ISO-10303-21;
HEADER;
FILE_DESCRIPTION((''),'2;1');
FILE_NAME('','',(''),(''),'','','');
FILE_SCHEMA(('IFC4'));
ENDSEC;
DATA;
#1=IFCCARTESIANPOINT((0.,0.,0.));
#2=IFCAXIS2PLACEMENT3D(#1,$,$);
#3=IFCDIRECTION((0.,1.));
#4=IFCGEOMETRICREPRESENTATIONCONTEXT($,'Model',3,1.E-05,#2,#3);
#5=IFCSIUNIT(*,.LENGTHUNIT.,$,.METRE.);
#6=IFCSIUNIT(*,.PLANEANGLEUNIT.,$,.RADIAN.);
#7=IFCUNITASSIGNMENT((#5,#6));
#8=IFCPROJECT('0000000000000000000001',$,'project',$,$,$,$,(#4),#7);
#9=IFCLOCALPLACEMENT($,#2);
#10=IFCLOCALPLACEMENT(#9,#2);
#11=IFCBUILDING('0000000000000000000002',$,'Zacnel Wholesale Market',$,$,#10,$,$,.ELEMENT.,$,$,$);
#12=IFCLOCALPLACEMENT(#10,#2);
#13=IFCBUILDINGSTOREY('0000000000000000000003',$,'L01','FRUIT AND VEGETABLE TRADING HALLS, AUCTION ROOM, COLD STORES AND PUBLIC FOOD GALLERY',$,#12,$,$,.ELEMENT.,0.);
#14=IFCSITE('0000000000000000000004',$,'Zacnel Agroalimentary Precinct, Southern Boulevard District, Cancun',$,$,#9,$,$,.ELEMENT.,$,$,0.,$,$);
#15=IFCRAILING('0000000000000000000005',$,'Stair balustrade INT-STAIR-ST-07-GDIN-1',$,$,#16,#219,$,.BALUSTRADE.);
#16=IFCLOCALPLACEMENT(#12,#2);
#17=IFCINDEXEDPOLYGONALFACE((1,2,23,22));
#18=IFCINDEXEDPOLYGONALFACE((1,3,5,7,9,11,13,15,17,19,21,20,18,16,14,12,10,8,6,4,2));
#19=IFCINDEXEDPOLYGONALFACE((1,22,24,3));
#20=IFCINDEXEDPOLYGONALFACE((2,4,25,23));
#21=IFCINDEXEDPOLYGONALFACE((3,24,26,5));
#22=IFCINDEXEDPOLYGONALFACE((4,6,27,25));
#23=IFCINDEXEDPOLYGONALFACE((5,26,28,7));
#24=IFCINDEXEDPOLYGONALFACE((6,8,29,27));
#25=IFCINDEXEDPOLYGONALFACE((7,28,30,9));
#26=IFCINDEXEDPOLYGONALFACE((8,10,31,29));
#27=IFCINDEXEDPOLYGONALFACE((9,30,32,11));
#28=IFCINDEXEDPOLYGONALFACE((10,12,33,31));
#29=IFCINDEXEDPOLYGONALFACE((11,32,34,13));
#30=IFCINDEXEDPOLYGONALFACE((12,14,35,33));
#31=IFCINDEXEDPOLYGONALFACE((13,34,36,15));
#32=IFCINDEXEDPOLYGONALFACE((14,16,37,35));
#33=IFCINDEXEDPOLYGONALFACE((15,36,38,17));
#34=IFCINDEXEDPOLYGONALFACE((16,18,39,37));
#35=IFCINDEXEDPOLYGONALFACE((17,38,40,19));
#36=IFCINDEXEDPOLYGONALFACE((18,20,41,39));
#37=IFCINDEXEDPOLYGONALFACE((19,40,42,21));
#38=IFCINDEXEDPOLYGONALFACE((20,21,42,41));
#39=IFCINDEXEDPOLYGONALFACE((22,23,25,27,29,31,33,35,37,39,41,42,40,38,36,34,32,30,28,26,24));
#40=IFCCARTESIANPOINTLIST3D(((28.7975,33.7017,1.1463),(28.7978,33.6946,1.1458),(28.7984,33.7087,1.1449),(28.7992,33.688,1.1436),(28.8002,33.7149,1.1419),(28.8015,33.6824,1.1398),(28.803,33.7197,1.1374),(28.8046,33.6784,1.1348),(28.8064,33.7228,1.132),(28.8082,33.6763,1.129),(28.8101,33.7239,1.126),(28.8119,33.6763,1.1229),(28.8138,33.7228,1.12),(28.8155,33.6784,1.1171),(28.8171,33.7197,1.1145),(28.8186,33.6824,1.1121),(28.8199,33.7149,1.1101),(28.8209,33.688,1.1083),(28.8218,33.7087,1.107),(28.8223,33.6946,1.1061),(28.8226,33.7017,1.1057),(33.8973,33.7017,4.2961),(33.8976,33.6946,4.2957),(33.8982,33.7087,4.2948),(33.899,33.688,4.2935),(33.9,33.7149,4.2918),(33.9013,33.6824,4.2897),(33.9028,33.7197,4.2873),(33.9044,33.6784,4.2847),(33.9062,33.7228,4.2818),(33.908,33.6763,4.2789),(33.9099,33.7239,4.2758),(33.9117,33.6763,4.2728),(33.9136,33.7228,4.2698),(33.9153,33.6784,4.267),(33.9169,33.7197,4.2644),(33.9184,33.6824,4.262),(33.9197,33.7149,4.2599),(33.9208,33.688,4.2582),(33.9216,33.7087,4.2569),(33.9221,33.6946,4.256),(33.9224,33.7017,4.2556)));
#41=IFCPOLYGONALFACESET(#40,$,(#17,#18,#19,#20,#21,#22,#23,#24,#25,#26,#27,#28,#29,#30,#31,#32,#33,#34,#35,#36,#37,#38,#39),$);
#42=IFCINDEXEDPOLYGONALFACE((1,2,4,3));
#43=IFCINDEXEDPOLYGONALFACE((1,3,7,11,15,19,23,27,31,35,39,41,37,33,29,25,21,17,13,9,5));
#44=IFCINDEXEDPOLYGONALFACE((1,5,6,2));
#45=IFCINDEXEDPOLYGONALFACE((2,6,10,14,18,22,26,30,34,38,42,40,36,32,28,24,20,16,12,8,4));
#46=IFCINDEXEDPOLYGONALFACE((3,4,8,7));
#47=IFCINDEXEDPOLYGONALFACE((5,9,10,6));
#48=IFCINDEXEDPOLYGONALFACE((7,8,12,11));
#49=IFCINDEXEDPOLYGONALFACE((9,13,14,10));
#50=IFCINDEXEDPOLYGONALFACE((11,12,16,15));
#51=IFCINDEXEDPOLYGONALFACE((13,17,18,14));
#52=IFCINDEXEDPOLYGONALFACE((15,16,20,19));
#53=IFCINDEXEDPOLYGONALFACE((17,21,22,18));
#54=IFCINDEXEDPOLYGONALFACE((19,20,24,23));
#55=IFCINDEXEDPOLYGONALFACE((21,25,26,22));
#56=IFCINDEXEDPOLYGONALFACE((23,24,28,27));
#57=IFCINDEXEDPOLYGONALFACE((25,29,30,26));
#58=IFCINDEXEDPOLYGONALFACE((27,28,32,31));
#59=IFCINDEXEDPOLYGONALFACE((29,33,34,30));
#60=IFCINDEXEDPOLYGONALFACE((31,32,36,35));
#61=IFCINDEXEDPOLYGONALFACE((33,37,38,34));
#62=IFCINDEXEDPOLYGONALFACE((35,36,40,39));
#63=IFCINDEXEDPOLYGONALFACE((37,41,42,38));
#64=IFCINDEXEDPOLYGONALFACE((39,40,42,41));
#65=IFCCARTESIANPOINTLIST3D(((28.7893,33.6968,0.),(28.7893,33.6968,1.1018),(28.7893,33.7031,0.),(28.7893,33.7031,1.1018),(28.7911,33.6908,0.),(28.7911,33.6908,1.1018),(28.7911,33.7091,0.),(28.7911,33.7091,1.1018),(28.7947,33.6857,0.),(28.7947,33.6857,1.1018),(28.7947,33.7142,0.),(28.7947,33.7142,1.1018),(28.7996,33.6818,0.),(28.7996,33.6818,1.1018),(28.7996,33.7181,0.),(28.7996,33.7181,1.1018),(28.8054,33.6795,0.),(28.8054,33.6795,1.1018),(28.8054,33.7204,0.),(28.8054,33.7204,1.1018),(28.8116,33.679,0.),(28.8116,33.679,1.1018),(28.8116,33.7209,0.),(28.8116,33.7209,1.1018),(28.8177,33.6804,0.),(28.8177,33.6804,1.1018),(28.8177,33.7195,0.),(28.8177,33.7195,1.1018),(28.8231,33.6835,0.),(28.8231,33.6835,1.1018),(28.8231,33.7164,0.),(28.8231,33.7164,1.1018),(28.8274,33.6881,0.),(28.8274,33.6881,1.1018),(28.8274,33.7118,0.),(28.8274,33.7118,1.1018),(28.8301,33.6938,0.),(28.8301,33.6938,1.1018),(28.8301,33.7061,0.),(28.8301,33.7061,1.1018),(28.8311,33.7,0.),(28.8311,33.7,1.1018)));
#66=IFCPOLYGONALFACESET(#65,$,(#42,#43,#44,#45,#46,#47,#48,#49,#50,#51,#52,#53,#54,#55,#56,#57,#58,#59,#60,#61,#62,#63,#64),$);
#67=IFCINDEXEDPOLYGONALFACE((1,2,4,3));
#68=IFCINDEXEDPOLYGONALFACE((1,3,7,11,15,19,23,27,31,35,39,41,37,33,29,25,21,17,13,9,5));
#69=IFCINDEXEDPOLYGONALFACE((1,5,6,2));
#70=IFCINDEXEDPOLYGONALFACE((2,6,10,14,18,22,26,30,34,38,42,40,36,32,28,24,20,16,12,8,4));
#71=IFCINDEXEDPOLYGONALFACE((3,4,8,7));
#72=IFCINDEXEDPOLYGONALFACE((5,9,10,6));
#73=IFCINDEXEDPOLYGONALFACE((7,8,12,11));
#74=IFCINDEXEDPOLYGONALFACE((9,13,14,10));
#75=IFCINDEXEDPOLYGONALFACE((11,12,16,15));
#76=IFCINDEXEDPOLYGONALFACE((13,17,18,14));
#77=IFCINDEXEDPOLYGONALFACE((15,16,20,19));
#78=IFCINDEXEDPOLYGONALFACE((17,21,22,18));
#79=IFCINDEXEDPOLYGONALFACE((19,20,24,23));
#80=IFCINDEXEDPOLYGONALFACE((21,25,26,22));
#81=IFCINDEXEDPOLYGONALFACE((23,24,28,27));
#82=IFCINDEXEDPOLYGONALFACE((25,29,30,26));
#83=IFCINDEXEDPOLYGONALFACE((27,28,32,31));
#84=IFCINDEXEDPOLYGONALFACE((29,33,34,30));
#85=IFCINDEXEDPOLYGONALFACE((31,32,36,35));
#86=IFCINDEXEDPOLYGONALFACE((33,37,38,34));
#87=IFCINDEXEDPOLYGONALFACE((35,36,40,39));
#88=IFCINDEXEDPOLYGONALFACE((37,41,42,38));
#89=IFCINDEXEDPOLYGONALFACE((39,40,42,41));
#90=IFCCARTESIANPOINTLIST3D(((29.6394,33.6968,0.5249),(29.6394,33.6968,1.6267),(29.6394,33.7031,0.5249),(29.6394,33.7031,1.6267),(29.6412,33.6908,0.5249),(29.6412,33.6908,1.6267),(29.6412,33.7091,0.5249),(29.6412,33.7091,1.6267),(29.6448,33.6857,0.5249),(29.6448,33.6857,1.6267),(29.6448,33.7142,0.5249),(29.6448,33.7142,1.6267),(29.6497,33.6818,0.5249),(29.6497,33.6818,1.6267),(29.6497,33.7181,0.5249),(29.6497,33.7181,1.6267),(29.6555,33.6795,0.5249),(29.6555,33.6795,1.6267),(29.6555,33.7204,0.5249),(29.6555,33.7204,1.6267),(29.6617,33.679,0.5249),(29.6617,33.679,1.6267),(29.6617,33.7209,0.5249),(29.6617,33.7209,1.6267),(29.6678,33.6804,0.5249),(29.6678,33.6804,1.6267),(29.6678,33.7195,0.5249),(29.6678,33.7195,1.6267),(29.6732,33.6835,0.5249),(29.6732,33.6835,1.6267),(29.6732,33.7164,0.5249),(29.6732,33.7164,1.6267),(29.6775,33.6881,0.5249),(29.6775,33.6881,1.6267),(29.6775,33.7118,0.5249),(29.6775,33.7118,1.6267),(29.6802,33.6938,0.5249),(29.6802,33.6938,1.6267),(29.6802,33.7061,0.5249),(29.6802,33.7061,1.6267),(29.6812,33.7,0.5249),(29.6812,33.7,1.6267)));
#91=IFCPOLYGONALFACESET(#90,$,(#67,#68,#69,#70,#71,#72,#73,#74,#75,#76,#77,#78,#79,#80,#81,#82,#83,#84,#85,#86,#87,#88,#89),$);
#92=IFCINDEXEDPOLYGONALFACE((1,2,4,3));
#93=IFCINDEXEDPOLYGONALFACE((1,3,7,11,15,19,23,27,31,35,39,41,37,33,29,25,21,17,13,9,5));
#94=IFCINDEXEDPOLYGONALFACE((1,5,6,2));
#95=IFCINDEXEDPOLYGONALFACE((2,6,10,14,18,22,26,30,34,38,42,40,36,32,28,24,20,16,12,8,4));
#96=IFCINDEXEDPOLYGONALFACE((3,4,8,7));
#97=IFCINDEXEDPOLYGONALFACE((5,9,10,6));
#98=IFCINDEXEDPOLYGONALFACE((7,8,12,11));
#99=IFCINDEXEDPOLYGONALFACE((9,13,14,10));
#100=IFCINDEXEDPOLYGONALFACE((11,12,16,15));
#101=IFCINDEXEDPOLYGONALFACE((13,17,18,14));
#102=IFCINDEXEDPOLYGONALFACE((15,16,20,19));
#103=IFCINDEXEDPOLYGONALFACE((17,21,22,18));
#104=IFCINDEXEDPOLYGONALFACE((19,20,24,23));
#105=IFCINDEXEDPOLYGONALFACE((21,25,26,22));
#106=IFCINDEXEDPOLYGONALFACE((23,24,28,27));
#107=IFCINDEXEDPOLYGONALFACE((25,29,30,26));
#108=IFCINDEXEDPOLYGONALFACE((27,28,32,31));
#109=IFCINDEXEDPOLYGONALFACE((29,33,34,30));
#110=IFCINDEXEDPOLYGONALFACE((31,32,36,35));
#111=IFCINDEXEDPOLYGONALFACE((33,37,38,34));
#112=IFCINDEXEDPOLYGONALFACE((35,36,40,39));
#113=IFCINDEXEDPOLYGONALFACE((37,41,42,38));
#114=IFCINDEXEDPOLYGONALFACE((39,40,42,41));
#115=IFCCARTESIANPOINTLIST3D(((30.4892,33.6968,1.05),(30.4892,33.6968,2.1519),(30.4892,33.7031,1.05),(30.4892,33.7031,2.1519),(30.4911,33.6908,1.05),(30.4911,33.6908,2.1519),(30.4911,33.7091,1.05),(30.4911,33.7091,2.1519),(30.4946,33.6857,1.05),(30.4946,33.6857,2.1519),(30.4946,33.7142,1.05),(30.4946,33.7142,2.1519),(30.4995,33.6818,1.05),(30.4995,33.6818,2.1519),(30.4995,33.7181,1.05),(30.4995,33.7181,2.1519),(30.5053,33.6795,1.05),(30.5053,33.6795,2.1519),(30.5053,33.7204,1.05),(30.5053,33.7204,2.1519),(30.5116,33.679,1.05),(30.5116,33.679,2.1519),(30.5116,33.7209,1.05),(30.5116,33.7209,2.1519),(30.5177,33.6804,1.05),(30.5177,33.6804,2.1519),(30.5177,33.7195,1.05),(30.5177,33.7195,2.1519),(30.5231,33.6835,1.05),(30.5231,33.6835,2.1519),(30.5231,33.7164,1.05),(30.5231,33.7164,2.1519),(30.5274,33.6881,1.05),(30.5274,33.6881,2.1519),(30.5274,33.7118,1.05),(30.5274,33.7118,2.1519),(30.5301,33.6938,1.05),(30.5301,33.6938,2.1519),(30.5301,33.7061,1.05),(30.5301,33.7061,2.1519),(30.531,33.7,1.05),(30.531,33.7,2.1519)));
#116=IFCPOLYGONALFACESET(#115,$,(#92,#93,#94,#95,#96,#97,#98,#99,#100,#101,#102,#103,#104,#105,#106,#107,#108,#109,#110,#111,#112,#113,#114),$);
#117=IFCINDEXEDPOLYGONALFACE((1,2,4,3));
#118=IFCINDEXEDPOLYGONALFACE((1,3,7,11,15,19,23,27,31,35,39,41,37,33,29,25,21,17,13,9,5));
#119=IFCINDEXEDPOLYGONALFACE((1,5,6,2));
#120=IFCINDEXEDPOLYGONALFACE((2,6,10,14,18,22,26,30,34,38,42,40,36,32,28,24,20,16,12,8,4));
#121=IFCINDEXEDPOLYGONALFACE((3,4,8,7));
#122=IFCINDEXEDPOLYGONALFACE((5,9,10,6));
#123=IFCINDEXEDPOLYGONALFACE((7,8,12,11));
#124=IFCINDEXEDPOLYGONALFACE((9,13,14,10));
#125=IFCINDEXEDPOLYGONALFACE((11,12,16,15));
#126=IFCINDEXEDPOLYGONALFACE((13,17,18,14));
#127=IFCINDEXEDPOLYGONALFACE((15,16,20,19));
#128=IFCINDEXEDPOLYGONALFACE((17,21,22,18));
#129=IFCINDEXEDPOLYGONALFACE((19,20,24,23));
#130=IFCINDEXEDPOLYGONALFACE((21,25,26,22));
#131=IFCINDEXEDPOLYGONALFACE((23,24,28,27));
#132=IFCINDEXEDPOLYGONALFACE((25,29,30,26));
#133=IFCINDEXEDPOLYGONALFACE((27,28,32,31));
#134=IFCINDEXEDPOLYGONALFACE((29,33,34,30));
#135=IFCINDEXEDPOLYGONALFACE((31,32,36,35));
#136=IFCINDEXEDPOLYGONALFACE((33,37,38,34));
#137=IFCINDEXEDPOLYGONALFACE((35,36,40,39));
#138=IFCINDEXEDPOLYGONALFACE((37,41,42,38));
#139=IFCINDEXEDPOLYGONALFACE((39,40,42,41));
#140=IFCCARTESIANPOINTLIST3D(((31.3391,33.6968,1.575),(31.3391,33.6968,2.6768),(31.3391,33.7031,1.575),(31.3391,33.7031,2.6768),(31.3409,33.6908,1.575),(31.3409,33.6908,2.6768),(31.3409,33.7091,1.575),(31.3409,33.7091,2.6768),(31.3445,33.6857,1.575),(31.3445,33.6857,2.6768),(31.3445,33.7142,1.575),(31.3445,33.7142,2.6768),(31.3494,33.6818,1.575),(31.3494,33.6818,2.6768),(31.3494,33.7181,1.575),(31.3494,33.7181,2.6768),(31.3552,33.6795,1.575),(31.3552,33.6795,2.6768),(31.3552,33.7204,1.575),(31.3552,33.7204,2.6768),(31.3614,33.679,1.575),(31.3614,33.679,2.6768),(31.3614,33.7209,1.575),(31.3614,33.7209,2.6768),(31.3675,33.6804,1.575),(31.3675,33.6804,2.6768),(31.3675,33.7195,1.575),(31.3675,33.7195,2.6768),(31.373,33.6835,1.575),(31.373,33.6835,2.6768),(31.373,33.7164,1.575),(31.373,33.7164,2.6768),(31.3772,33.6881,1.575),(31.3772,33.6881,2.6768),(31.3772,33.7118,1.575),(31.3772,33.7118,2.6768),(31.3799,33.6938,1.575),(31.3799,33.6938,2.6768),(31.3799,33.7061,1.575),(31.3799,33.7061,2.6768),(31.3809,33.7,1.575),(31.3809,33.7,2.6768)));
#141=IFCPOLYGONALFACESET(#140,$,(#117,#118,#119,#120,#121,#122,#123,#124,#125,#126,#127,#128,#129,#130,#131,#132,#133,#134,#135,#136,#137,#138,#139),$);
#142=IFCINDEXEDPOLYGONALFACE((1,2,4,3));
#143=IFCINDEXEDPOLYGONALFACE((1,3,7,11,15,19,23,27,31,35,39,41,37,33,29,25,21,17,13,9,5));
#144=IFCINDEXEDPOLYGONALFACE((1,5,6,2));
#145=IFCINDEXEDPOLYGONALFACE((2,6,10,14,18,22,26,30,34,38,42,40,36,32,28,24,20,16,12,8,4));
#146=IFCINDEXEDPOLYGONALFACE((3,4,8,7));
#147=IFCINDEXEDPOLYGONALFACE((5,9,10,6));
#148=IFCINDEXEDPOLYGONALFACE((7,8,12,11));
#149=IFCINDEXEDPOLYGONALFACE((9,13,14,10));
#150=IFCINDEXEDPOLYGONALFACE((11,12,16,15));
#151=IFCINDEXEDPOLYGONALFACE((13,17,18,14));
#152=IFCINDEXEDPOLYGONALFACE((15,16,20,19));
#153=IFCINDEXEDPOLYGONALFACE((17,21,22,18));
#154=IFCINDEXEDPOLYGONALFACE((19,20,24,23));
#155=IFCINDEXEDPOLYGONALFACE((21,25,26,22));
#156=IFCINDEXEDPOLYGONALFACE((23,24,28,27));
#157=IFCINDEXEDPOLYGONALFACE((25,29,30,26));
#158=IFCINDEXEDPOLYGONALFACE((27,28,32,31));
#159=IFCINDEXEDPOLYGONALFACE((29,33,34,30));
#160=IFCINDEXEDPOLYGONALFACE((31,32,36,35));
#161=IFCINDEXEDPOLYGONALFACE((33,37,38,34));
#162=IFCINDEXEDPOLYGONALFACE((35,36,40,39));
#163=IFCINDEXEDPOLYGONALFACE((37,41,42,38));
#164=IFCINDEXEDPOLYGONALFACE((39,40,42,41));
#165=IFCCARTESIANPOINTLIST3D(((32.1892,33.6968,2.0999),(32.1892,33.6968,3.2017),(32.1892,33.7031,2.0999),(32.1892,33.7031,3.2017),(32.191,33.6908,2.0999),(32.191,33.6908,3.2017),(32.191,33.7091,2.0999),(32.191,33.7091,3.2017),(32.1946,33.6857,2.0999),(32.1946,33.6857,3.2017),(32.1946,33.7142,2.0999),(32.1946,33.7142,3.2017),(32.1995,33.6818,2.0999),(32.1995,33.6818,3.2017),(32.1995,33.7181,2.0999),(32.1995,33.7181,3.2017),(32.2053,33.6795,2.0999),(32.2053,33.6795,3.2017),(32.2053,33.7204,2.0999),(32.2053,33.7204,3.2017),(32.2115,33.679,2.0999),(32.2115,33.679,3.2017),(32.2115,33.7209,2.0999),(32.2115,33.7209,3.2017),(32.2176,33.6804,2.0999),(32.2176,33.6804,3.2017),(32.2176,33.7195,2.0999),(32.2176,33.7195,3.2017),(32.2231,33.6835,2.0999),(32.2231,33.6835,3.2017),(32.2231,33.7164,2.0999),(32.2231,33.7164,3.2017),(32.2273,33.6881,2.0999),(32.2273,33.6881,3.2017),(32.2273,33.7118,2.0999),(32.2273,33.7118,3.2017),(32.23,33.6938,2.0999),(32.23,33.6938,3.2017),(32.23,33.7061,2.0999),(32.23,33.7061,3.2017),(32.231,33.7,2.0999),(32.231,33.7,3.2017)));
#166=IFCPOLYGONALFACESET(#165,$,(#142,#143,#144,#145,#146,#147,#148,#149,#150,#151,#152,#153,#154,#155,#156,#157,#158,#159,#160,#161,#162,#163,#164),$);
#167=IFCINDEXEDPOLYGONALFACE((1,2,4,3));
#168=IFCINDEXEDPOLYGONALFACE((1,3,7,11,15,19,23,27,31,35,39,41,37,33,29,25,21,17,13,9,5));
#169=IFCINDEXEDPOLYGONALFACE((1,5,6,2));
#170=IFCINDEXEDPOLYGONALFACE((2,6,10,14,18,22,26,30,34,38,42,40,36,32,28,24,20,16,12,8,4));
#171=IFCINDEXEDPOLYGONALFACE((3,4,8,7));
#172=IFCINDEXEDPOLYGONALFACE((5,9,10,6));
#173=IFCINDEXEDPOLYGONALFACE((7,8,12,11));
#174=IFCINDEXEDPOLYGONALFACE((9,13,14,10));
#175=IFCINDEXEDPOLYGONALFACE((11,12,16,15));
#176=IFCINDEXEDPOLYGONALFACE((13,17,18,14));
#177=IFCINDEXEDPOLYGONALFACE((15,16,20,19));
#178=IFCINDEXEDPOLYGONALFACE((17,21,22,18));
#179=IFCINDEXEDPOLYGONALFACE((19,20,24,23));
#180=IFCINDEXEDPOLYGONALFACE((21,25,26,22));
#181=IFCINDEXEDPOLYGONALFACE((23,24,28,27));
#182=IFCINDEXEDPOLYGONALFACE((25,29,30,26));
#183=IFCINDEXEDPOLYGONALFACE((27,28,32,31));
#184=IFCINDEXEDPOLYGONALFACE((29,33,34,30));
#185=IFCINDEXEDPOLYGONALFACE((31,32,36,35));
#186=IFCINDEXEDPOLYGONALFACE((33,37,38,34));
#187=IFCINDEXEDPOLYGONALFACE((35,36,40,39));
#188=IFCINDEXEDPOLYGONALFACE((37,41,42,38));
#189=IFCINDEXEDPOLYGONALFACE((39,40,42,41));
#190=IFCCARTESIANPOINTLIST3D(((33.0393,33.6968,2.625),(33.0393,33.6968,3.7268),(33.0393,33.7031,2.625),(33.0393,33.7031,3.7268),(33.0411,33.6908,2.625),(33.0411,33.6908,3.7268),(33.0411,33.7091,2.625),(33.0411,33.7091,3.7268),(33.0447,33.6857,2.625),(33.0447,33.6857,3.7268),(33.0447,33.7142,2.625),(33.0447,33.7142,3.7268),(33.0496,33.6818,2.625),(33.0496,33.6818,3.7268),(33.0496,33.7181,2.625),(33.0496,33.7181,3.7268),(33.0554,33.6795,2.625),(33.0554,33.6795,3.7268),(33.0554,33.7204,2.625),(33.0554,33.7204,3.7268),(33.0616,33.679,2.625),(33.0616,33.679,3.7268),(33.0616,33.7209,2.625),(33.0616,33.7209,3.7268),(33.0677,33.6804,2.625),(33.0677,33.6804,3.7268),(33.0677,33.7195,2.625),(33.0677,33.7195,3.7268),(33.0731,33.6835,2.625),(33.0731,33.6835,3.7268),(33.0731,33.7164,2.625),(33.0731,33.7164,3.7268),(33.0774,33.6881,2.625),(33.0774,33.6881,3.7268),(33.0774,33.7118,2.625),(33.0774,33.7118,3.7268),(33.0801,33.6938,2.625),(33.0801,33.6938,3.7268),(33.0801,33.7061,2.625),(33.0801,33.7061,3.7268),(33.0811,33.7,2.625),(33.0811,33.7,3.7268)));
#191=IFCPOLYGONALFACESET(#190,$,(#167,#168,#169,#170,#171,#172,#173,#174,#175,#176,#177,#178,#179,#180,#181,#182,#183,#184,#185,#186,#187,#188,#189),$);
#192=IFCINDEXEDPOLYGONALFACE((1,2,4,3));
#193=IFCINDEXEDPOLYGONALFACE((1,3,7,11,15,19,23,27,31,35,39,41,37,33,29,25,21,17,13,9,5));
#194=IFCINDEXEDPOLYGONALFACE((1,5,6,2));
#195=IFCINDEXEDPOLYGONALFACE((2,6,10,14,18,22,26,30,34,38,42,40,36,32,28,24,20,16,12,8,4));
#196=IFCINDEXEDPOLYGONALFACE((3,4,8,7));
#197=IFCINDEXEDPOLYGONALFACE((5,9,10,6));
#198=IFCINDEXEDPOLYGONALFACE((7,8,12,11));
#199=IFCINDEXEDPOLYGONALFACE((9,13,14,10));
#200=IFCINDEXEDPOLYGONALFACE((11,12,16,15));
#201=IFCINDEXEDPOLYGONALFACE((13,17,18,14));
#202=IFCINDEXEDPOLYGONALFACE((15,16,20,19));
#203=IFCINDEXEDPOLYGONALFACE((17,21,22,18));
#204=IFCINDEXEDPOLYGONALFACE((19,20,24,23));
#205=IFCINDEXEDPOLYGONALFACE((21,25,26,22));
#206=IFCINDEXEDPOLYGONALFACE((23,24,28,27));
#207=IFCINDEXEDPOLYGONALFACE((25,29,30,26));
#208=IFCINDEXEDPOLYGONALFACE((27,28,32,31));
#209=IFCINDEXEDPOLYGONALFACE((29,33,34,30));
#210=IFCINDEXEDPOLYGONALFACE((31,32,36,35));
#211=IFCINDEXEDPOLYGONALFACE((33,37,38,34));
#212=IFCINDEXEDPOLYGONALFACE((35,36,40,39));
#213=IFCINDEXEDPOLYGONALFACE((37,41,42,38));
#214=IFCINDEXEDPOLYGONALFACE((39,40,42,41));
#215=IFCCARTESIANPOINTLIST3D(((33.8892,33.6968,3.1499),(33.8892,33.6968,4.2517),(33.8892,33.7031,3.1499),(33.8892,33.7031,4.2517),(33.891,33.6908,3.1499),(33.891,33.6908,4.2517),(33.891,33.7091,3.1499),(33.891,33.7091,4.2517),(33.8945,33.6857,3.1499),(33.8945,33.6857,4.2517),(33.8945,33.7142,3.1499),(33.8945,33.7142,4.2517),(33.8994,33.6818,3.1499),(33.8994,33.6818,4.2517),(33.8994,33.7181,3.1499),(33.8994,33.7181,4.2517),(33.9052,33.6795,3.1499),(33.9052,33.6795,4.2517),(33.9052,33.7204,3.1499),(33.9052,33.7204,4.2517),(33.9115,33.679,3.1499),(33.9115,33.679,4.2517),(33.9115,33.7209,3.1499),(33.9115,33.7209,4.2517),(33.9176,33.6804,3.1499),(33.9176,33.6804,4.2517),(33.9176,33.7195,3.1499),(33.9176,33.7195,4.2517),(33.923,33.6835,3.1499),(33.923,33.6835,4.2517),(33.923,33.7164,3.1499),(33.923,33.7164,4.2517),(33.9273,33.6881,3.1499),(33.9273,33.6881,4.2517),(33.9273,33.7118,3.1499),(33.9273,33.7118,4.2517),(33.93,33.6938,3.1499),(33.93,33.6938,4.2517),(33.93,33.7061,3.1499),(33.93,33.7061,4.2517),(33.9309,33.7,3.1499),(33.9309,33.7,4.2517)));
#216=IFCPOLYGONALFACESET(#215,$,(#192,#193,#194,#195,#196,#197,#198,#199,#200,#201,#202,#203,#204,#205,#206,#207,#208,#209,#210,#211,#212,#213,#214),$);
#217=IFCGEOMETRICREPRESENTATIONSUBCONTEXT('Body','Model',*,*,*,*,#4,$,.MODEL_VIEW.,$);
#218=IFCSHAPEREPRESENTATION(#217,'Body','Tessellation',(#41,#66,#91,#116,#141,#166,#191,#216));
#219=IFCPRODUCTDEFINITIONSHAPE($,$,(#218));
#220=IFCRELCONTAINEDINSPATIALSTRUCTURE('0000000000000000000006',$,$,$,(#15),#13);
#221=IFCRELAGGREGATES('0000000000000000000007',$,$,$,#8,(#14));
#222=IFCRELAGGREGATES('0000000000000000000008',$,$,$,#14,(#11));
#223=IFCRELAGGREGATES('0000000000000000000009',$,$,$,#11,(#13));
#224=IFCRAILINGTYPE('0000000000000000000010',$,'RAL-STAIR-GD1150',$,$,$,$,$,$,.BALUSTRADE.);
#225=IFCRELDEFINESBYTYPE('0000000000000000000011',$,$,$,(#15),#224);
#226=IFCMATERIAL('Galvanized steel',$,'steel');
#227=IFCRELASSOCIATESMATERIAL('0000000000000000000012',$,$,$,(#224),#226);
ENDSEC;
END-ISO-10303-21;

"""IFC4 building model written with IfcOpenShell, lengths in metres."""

from ifc_helpers import new_model, si_unit, direction, frame, origin, origin_2d, place, context, subcontext, project, spatial, circle, extrude, material, type_object, element, save


model = new_model("IFC4")

# Units and contexts
model_context = context("Model", 3, precision=1e-05, world=origin(), true_north=direction((0.0, 1.0)))
body_context = subcontext(model_context, "Body", "Model", "MODEL_VIEW")
ifc_project = project(units=[si_unit("LENGTHUNIT", "METRE"), si_unit("PLANEANGLEUNIT", "RADIAN")], contexts=[model_context])

# Site, building, storey
site_placement = place(None, origin())
site = spatial("IfcSite", under=ifc_project, at=site_placement, Name="Zacnel Agroalimentary Precinct, Southern Boulevard District, Cancun", CompositionType="ELEMENT", RefElevation=0.0)
building_placement = place(site_placement, origin())
building = spatial("IfcBuilding", under=site, at=building_placement, Name="Zacnel Wholesale Market", CompositionType="ELEMENT")
storey_placement = place(building_placement, origin())
storey = spatial("IfcBuildingStorey", under=building, at=storey_placement, Name="L01", Description="FRUIT AND VEGETABLE TRADING HALLS, AUCTION ROOM, COLD STORES AND PUBLIC FOOD GALLERY", CompositionType="ELEMENT", Elevation=0.0)

# Railing
ifc_material_1 = material(Name="Galvanized steel", Category="steel")
railing_type_1 = type_object("IfcRailingType", Name="RAL-STAIR-GD1150", PredefinedType="BALUSTRADE", material=ifc_material_1)
railing_1_placement = place(storey_placement, frame((28.8101, 33.7, 0.0)))
element("IfcRailing", 1, at=railing_1_placement, inside=storey, type_object=railing_type_1, Name="Stair balustrade INT-STAIR-ST-07-GDIN-1", PredefinedType="BALUSTRADE", context=body_context, shape_type="SweptSolid", body=[
    extrude(circle(Radius=0.0239, at=origin_2d()), frame((0.0, 0.0, 1.126), z_axis=(0.850799, 0.0, 0.525492), x_axis=(0.0, 1.0, 0.0)), (0.0, 0.0, 1.0), 5.9941),
    extrude(circle(Radius=0.021, at=origin_2d()), origin(), (0.0, 0.0, 1.0), 1.1018),
    extrude(circle(Radius=0.021, at=origin_2d()), frame((0.8501, 0.0, 0.5249)), (0.0, 0.0, 1.0), 1.1018),
    extrude(circle(Radius=0.021, at=origin_2d()), frame((1.7, 0.0, 1.05)), (0.0, 0.0, 1.0), 1.1018),
    extrude(circle(Radius=0.021, at=origin_2d()), frame((2.5498, 0.0, 1.575)), (0.0, 0.0, 1.0), 1.1018),
    extrude(circle(Radius=0.021, at=origin_2d()), frame((3.3999, 0.0, 2.0999)), (0.0, 0.0, 1.0), 1.1018),
    extrude(circle(Radius=0.021, at=origin_2d()), frame((4.25, 0.0, 2.625)), (0.0, 0.0, 1.0), 1.1018),
    extrude(circle(Radius=0.021, at=origin_2d()), frame((5.0999, 0.0, 3.1499)), (0.0, 0.0, 1.0), 1.1018),
])

save(model, "model.ifc")
